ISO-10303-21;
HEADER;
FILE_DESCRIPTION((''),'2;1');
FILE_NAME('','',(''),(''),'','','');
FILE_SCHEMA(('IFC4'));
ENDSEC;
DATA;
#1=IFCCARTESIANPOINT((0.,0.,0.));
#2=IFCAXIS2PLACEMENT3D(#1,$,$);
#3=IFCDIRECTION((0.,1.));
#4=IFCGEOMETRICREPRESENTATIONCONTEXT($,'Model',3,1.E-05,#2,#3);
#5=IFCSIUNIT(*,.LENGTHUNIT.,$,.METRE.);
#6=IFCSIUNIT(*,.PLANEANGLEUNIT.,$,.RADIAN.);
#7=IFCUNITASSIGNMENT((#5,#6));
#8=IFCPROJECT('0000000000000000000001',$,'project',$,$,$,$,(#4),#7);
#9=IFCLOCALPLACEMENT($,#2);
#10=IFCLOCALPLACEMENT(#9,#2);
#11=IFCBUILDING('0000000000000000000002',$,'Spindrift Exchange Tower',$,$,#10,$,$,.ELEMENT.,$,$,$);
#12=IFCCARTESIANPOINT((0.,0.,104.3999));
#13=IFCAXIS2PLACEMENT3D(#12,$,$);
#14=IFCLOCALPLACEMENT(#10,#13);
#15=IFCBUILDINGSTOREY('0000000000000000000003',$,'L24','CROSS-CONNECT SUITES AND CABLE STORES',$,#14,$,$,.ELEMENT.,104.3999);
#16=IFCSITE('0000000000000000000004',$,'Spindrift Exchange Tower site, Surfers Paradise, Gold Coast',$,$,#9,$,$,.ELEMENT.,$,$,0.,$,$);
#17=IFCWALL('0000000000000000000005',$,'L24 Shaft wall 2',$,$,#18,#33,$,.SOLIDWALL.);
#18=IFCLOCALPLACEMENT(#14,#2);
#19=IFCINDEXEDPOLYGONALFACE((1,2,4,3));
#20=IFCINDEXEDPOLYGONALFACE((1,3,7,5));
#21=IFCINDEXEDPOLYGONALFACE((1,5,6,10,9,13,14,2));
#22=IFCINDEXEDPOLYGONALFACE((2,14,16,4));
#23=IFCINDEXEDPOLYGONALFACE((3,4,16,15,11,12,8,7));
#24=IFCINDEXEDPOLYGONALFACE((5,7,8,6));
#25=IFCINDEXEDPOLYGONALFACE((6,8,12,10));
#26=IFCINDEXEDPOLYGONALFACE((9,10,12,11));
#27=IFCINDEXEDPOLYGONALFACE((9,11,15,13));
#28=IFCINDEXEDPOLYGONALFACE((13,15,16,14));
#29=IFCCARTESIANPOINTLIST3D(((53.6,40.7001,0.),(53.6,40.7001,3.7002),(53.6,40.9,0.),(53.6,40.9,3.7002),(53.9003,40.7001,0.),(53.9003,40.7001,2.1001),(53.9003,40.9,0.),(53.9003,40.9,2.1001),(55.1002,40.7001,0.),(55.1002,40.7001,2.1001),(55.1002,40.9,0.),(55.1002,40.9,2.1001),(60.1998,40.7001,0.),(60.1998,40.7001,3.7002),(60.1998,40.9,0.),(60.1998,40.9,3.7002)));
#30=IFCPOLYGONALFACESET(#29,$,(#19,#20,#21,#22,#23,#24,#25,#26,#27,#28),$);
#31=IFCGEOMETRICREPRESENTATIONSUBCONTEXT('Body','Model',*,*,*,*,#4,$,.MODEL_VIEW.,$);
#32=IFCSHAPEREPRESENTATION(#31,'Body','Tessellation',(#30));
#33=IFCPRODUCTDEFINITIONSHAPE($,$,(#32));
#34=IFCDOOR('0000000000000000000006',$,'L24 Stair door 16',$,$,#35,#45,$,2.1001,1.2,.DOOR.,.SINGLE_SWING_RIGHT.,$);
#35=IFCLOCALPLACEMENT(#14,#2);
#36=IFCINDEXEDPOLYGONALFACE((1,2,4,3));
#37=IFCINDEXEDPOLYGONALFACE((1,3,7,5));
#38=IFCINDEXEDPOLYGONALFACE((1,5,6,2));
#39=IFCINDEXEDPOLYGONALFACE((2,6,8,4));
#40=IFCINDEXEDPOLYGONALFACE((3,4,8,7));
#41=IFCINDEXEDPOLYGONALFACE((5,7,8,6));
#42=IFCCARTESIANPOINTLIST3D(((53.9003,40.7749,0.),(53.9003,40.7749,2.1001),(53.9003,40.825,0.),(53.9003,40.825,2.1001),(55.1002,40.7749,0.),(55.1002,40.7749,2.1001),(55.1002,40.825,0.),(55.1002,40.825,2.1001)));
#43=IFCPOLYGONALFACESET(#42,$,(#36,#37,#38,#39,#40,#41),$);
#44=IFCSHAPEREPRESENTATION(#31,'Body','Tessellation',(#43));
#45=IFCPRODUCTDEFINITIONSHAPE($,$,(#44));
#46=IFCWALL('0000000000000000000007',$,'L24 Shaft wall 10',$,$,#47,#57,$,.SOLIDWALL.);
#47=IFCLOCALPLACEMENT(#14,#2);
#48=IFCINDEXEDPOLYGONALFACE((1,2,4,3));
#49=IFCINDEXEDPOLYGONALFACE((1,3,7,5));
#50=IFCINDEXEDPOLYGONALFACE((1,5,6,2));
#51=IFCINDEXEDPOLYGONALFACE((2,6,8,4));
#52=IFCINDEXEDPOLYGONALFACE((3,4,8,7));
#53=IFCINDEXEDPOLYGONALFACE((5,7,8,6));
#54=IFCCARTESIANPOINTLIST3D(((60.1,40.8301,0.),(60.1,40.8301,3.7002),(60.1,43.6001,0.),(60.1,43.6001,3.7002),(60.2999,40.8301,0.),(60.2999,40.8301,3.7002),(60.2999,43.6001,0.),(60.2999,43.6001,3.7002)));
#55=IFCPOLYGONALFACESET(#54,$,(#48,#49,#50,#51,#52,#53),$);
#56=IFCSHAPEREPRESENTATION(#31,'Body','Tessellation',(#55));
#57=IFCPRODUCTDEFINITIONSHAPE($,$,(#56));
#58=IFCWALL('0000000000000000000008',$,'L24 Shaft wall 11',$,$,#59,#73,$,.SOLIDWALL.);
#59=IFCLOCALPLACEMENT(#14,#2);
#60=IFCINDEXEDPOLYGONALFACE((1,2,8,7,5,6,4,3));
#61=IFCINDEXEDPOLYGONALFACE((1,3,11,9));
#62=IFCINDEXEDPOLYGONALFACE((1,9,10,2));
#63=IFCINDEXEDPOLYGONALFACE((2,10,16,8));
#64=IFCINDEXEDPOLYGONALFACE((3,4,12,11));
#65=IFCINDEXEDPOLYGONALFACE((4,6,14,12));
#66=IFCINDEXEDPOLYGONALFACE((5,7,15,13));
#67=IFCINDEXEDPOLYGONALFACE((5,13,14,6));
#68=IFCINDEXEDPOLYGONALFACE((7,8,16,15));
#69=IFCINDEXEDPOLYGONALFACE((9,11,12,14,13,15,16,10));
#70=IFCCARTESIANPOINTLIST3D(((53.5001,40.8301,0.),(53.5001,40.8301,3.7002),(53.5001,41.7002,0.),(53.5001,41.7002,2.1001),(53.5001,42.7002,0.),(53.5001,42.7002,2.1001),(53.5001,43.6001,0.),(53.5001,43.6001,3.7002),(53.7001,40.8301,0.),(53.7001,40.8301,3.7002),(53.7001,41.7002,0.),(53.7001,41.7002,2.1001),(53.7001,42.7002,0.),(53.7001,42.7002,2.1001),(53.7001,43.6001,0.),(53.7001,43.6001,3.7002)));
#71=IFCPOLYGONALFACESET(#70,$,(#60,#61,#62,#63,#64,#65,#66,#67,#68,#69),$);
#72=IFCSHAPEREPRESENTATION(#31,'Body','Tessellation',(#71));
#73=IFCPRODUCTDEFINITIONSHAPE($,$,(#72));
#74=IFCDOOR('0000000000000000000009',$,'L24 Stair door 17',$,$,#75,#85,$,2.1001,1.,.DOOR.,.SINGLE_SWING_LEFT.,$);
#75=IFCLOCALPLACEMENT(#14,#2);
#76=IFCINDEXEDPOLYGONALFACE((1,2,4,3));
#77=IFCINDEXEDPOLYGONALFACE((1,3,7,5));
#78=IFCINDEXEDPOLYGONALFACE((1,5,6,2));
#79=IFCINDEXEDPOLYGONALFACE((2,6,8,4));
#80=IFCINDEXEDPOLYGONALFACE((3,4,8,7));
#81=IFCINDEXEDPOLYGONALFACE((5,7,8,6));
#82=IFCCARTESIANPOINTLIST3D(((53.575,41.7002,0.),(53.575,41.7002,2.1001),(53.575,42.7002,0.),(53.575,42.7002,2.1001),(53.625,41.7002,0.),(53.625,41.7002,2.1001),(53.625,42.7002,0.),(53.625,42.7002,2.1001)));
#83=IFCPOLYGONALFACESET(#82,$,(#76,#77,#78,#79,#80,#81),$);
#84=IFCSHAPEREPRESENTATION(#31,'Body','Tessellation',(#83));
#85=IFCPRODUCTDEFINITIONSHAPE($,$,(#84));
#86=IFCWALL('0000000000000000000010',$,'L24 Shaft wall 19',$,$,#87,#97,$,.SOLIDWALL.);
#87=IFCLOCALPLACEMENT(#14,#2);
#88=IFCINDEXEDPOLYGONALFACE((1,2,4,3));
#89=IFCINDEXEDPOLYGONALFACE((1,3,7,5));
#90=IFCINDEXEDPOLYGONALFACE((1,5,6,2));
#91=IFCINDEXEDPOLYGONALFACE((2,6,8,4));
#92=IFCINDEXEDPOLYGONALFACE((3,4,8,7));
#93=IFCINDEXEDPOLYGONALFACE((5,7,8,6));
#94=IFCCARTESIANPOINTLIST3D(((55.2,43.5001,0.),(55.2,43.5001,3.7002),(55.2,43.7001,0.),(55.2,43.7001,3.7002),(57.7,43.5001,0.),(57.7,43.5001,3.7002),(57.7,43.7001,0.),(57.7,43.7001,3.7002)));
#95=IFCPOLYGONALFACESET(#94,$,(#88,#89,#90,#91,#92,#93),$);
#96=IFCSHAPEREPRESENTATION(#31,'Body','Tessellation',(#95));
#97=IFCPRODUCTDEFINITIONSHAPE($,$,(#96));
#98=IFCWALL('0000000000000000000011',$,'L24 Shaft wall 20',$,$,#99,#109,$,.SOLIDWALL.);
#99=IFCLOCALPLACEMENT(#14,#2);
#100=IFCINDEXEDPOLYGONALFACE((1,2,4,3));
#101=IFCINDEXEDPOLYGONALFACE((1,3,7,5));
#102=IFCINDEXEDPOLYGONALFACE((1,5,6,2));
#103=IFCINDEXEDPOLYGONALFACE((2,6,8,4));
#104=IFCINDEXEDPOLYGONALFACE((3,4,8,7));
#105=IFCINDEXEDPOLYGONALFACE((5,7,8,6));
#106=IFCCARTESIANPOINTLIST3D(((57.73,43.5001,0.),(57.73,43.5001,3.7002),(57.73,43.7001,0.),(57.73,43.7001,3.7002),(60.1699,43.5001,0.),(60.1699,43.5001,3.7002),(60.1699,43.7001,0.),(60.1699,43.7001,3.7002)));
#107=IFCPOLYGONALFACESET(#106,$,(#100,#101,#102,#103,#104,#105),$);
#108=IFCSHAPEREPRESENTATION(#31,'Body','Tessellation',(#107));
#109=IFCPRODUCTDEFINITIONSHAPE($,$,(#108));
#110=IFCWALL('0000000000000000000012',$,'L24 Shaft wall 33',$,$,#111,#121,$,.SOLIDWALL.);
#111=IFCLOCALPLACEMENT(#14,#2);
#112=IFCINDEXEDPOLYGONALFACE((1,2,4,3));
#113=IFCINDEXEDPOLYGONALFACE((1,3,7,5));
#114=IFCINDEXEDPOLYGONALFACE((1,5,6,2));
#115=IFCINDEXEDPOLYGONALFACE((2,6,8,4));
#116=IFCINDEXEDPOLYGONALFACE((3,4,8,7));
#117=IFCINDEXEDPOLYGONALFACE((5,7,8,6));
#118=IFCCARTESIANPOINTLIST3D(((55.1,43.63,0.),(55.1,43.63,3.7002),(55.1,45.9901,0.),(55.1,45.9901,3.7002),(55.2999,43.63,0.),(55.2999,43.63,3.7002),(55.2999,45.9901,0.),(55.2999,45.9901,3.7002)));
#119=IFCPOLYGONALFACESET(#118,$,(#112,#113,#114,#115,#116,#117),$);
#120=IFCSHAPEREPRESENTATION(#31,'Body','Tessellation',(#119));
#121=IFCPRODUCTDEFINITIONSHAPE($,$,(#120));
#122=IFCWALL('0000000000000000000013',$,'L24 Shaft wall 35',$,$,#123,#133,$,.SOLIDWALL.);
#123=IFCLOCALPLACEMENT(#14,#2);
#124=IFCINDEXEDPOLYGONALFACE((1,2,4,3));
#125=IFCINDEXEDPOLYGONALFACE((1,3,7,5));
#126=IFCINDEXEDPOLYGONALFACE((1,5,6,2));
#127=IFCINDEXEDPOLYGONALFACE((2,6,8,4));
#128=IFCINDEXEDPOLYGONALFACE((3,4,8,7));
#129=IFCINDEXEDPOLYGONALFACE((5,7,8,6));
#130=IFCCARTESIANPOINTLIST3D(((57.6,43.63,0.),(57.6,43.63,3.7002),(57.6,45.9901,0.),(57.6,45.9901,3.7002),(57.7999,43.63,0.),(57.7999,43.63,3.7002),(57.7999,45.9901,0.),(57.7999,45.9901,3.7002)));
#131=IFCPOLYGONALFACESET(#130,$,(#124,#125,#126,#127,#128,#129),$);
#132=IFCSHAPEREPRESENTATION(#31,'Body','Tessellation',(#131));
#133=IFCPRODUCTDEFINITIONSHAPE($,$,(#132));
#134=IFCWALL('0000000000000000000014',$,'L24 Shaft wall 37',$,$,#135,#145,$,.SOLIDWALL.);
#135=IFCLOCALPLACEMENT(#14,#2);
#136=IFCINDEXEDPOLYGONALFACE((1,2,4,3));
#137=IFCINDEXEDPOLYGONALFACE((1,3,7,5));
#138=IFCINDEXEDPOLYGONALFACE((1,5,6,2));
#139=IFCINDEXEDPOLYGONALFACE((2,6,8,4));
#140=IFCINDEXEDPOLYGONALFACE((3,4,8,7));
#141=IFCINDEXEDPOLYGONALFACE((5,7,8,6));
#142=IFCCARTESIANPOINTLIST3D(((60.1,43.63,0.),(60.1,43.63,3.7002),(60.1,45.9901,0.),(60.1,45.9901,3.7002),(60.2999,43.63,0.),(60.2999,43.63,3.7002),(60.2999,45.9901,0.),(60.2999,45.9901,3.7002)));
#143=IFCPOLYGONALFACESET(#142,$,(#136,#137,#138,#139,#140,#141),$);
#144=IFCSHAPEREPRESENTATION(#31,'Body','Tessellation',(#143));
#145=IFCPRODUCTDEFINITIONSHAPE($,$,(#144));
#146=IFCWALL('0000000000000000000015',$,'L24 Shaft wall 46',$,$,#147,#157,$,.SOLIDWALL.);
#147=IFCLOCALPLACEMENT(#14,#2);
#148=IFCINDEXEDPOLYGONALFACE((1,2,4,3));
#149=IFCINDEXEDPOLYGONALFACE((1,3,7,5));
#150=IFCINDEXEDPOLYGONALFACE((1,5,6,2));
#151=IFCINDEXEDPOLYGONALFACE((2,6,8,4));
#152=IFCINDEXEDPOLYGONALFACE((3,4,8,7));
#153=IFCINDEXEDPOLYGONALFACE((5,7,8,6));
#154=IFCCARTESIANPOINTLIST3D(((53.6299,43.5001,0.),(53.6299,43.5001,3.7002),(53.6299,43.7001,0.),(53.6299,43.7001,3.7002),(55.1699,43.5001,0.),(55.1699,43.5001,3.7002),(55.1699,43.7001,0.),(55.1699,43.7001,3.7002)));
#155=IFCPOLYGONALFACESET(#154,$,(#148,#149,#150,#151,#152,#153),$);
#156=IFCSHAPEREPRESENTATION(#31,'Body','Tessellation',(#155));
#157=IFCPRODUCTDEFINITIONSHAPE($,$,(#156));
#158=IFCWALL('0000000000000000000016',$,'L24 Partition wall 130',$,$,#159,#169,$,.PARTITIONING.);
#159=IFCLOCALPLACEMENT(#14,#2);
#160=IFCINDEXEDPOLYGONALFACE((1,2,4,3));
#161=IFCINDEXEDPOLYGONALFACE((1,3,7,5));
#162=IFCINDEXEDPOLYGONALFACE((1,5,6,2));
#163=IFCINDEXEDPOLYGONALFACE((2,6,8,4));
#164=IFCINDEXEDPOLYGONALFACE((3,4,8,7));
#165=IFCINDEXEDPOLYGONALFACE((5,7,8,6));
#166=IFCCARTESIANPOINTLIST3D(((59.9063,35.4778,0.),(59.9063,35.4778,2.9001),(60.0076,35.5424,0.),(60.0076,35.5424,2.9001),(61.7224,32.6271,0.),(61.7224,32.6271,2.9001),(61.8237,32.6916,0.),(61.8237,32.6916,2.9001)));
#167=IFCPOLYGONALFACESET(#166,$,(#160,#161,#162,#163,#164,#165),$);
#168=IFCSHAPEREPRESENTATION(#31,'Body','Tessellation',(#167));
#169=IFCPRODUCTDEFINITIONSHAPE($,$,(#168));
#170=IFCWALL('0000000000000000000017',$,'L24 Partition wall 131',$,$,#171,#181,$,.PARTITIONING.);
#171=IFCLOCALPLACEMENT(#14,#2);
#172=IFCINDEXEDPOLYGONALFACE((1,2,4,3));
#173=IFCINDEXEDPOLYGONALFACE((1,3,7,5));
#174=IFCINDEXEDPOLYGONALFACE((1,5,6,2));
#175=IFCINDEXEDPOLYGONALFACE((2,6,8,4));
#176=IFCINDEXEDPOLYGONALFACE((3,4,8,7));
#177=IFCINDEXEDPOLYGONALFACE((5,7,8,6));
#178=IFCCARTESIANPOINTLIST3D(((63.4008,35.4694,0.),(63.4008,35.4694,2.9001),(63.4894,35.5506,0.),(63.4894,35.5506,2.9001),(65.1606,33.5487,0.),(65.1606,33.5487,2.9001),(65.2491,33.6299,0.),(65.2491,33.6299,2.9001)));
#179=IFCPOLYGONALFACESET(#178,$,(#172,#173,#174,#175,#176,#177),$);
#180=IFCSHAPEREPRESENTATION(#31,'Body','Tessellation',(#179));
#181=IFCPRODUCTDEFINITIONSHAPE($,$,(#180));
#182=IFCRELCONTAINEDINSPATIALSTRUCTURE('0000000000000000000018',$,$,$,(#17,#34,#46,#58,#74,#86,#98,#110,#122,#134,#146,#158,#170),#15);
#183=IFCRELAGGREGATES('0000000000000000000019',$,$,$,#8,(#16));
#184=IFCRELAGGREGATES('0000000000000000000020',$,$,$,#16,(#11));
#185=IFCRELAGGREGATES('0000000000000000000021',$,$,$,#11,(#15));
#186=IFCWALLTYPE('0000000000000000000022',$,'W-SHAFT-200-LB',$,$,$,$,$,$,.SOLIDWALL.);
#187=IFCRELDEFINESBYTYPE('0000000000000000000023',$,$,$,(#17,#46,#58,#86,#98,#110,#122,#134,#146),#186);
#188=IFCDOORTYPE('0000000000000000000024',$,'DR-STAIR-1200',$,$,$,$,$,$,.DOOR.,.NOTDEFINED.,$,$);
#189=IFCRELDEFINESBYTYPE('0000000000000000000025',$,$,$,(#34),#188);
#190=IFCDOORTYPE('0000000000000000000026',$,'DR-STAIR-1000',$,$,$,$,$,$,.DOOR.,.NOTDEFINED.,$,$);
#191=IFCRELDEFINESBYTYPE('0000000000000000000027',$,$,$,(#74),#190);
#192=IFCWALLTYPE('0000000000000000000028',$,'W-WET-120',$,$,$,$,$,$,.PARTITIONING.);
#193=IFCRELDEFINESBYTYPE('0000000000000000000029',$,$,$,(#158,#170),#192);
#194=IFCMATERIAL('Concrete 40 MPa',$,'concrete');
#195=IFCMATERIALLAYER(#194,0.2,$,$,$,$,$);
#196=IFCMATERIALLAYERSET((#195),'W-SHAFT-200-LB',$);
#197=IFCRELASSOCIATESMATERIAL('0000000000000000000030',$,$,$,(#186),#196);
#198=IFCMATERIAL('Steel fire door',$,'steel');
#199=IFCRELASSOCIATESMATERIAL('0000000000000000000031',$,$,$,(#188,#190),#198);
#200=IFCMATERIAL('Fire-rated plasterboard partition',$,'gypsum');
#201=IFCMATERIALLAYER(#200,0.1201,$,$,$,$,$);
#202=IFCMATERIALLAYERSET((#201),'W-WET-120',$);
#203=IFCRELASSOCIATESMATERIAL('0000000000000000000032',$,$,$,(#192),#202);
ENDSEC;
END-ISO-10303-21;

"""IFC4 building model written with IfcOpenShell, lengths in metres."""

from ifc_helpers import new_model, si_unit, direction, frame, frame_2d, origin, place, context, subcontext, project, spatial, rectangle, extrude, source, transform, mapped, material, layer, layer_set, type_object, element, fill, save


model = new_model("IFC4")

# Units and contexts
model_context = context("Model", 3, precision=1e-05, world=origin(), true_north=direction((0.0, 1.0)))
body_context = subcontext(model_context, "Body", "Model", "MODEL_VIEW")
ifc_project = project(units=[si_unit("LENGTHUNIT", "METRE"), si_unit("PLANEANGLEUNIT", "RADIAN")], contexts=[model_context])

# Site, building, storey
site_placement = place(None, origin())
site = spatial("IfcSite", under=ifc_project, at=site_placement, Name="Spindrift Exchange Tower site, Surfers Paradise, Gold Coast", CompositionType="ELEMENT", RefElevation=0.0)
building_placement = place(site_placement, origin())
building = spatial("IfcBuilding", under=site, at=building_placement, Name="Spindrift Exchange Tower", CompositionType="ELEMENT")
storey_placement = place(building_placement, frame((0.0, 0.0, 104.3999)))
storey = spatial("IfcBuildingStorey", under=building, at=storey_placement, Name="L24", Description="CROSS-CONNECT SUITES AND CABLE STORES", CompositionType="ELEMENT", Elevation=104.3999)

# Shared definitions
ifc_material_1 = material(Name="Fire-rated plasterboard partition", Category="gypsum")

# Wall, opening, door
ifc_material_2 = material(Name="Concrete 40 MPa", Category="concrete")
ifc_layer_1 = layer(ifc_material_2, 0.2)
ifc_layer_set_1 = layer_set([ifc_layer_1], Name="W-SHAFT-200-LB")
wall_type_1 = type_object("IfcWallType", Name="W-SHAFT-200-LB", PredefinedType="SOLIDWALL", material=ifc_layer_set_1)
wall_1_placement = place(storey_placement, frame((53.6001, 40.8, 0.0), z_axis=(0.0, 0.0, 1.0), x_axis=(1.0, 0.0, 0.0)))
wall_1 = element("IfcWall", 1, at=wall_1_placement, inside=storey, type_object=wall_type_1, Name="L24 Shaft wall 2", PredefinedType="SOLIDWALL", context=body_context, shape_type="SweptSolid", body=[
    extrude(rectangle(XDim=6.5999, YDim=0.2, at=frame_2d((3.2998, 0.0))), origin(), (0.0, 0.0, 1.0), 3.7002),
])
opening_1_placement = place(wall_1_placement, frame((0.3, 0.0, 0.0)))
opening_1 = element("IfcOpeningElement", 2, at=opening_1_placement, cuts=wall_1, PredefinedType="OPENING", context=body_context, shape_type="SweptSolid", body=[
    extrude(rectangle(XDim=1.2, YDim=2.1001, at=frame_2d((0.6001, 1.05))), frame((0.0, 0.1099, 0.0), z_axis=(0.0, -1.0, 0.0), x_axis=(1.0, 0.0, 0.0)), (0.0, 0.0, 1.0), 0.22),
])
ifc_material_3 = material(Name="Steel fire door", Category="steel")
door_type_1 = type_object("IfcDoorType", Name="DR-STAIR-1200", OperationType="NOTDEFINED", PredefinedType="DOOR", material=ifc_material_3)
shared_shape_1 = source(origin(), body_context, "Body", "SweptSolid", [
    extrude(rectangle(XDim=1.2, YDim=2.1001, at=frame_2d((0.6001, 1.05))), frame((0.0, 0.0249, 0.0), z_axis=(0.0, -1.0, 0.0), x_axis=(1.0, 0.0, 0.0)), (0.0, 0.0, 1.0), 0.05),
])
door_1_placement = place(opening_1_placement, origin())
door_1 = element("IfcDoor", 3, at=door_1_placement, inside=storey, type_object=door_type_1, Name="L24 Stair door 16", OperationType="SINGLE_SWING_RIGHT", OverallHeight=2.1001, OverallWidth=1.2, PredefinedType="DOOR", context=body_context, shape_type="MappedRepresentation", body=[
    mapped(shared_shape_1, transform((0.0, 0.0, 0.0), scale=1.0)),
])
fill(opening_1, door_1)

# Wall
wall_2_placement = place(storey_placement, frame((60.2, 40.8301, 0.0), z_axis=(0.0, 0.0, 1.0), x_axis=(0.0, 1.0, 0.0)))
element("IfcWall", 4, at=wall_2_placement, inside=storey, type_object=wall_type_1, Name="L24 Shaft wall 10", PredefinedType="SOLIDWALL", context=body_context, shape_type="SweptSolid", body=[
    extrude(rectangle(XDim=2.77, YDim=0.2, at=frame_2d((1.385, 0.0))), origin(), (0.0, 0.0, 1.0), 3.7002),
])

# Wall, opening, door
wall_3_placement = place(storey_placement, frame((53.6001, 43.6001, 0.0), z_axis=(0.0, 0.0, 1.0), x_axis=(0.0, -1.0, 0.0)))
wall_3 = element("IfcWall", 5, at=wall_3_placement, inside=storey, type_object=wall_type_1, Name="L24 Shaft wall 11", PredefinedType="SOLIDWALL", context=body_context, shape_type="SweptSolid", body=[
    extrude(rectangle(XDim=2.77, YDim=0.2, at=frame_2d((1.385, 0.0))), origin(), (0.0, 0.0, 1.0), 3.7002),
])
opening_2_placement = place(wall_3_placement, frame((0.8999, 0.0, 0.0)))
opening_2 = element("IfcOpeningElement", 6, at=opening_2_placement, cuts=wall_3, PredefinedType="OPENING", context=body_context, shape_type="SweptSolid", body=[
    extrude(rectangle(XDim=1.0, YDim=2.1001, at=frame_2d((0.5, 1.05))), frame((0.0, 0.1099, 0.0), z_axis=(0.0, -1.0, 0.0), x_axis=(1.0, 0.0, 0.0)), (0.0, 0.0, 1.0), 0.22),
])
door_type_2 = type_object("IfcDoorType", Name="DR-STAIR-1000", OperationType="NOTDEFINED", PredefinedType="DOOR", material=ifc_material_3)
shared_shape_2 = source(origin(), body_context, "Body", "SweptSolid", [
    extrude(rectangle(XDim=1.0, YDim=2.1001, at=frame_2d((0.5, 1.05))), frame((0.0, 0.0249, 0.0), z_axis=(0.0, -1.0, 0.0), x_axis=(1.0, 0.0, 0.0)), (0.0, 0.0, 1.0), 0.05),
])
door_2_placement = place(opening_2_placement, origin())
door_2 = element("IfcDoor", 7, at=door_2_placement, inside=storey, type_object=door_type_2, Name="L24 Stair door 17", OperationType="SINGLE_SWING_LEFT", OverallHeight=2.1001, OverallWidth=1.0, PredefinedType="DOOR", context=body_context, shape_type="MappedRepresentation", body=[
    mapped(shared_shape_2, transform((0.0, 0.0, 0.0), scale=1.0)),
])
fill(opening_2, door_2)

# Walls
wall_4_placement = place(storey_placement, frame((55.2, 43.6001, 0.0), z_axis=(0.0, 0.0, 1.0), x_axis=(1.0, 0.0, 0.0)))
element("IfcWall", 8, at=wall_4_placement, inside=storey, type_object=wall_type_1, Name="L24 Shaft wall 19", PredefinedType="SOLIDWALL", context=body_context, shape_type="SweptSolid", body=[
    extrude(rectangle(XDim=2.5, YDim=0.2, at=frame_2d((1.25, 0.0))), origin(), (0.0, 0.0, 1.0), 3.7002),
])
wall_5_placement = place(storey_placement, frame((57.73, 43.6001, 0.0), z_axis=(0.0, 0.0, 1.0), x_axis=(1.0, 0.0, 0.0)))
element("IfcWall", 9, at=wall_5_placement, inside=storey, type_object=wall_type_1, Name="L24 Shaft wall 20", PredefinedType="SOLIDWALL", context=body_context, shape_type="SweptSolid", body=[
    extrude(rectangle(XDim=2.4399, YDim=0.2, at=frame_2d((1.22, 0.0))), origin(), (0.0, 0.0, 1.0), 3.7002),
])
for number, where, z_axis, x_axis, name in (
    (10, (55.2, 43.6299, 0.0), (0.0, 0.0, 1.0), (0.0, 1.0, 0.0), "L24 Shaft wall 33"),
    (11, (57.7, 43.6299, 0.0), (0.0, 0.0, 1.0), (0.0, 1.0, 0.0), "L24 Shaft wall 35"),
    (12, (60.2, 43.6299, 0.0), (0.0, 0.0, 1.0), (0.0, 1.0, 0.0), "L24 Shaft wall 37"),
):
    element("IfcWall", number, at=place(storey_placement, frame(where, z_axis=z_axis, x_axis=x_axis)), inside=storey, type_object=wall_type_1, Name=name, PredefinedType="SOLIDWALL", context=body_context, shape_type="SweptSolid", body=[
        extrude(rectangle(XDim=2.3601, YDim=0.2, at=frame_2d((1.1802, 0.0))), origin(), (0.0, 0.0, 1.0), 3.7002),
    ])
wall_6_placement = place(storey_placement, frame((53.6299, 43.6001, 0.0), z_axis=(0.0, 0.0, 1.0), x_axis=(1.0, 0.0, 0.0)))
element("IfcWall", 13, at=wall_6_placement, inside=storey, type_object=wall_type_1, Name="L24 Shaft wall 46", PredefinedType="SOLIDWALL", context=body_context, shape_type="SweptSolid", body=[
    extrude(rectangle(XDim=1.54, YDim=0.2, at=frame_2d((0.77, 0.0))), origin(), (0.0, 0.0, 1.0), 3.7002),
])
ifc_layer_2 = layer(ifc_material_1, 0.1201)
ifc_layer_set_2 = layer_set([ifc_layer_2], Name="W-WET-120")
wall_type_2 = type_object("IfcWallType", Name="W-WET-120", PredefinedType="PARTITIONING", material=ifc_layer_set_2)
wall_7_placement = place(storey_placement, frame((59.957, 35.51, 0.0), z_axis=(0.0, 0.0, 1.0), x_axis=(0.537296, -0.843394, 0.0)))
element("IfcWall", 14, at=wall_7_placement, inside=storey, type_object=wall_type_2, Name="L24 Partition wall 130", PredefinedType="PARTITIONING", context=body_context, shape_type="SweptSolid", body=[
    extrude(rectangle(XDim=3.3801, YDim=0.1201, at=frame_2d((1.6899, 0.0))), origin(), (0.0, 0.0, 1.0), 2.9001),
])
wall_8_placement = place(storey_placement, frame((63.4451, 35.51, 0.0), z_axis=(0.0, 0.0, 1.0), x_axis=(0.675551, -0.737314, 0.0)))
element("IfcWall", 15, at=wall_8_placement, inside=storey, type_object=wall_type_2, Name="L24 Partition wall 131", PredefinedType="PARTITIONING", context=body_context, shape_type="SweptSolid", body=[
    extrude(rectangle(XDim=2.605, YDim=0.1201, at=frame_2d((1.3025, 0.0))), origin(), (0.0, 0.0, 1.0), 2.9001),
])

save(model, "model.ifc")
